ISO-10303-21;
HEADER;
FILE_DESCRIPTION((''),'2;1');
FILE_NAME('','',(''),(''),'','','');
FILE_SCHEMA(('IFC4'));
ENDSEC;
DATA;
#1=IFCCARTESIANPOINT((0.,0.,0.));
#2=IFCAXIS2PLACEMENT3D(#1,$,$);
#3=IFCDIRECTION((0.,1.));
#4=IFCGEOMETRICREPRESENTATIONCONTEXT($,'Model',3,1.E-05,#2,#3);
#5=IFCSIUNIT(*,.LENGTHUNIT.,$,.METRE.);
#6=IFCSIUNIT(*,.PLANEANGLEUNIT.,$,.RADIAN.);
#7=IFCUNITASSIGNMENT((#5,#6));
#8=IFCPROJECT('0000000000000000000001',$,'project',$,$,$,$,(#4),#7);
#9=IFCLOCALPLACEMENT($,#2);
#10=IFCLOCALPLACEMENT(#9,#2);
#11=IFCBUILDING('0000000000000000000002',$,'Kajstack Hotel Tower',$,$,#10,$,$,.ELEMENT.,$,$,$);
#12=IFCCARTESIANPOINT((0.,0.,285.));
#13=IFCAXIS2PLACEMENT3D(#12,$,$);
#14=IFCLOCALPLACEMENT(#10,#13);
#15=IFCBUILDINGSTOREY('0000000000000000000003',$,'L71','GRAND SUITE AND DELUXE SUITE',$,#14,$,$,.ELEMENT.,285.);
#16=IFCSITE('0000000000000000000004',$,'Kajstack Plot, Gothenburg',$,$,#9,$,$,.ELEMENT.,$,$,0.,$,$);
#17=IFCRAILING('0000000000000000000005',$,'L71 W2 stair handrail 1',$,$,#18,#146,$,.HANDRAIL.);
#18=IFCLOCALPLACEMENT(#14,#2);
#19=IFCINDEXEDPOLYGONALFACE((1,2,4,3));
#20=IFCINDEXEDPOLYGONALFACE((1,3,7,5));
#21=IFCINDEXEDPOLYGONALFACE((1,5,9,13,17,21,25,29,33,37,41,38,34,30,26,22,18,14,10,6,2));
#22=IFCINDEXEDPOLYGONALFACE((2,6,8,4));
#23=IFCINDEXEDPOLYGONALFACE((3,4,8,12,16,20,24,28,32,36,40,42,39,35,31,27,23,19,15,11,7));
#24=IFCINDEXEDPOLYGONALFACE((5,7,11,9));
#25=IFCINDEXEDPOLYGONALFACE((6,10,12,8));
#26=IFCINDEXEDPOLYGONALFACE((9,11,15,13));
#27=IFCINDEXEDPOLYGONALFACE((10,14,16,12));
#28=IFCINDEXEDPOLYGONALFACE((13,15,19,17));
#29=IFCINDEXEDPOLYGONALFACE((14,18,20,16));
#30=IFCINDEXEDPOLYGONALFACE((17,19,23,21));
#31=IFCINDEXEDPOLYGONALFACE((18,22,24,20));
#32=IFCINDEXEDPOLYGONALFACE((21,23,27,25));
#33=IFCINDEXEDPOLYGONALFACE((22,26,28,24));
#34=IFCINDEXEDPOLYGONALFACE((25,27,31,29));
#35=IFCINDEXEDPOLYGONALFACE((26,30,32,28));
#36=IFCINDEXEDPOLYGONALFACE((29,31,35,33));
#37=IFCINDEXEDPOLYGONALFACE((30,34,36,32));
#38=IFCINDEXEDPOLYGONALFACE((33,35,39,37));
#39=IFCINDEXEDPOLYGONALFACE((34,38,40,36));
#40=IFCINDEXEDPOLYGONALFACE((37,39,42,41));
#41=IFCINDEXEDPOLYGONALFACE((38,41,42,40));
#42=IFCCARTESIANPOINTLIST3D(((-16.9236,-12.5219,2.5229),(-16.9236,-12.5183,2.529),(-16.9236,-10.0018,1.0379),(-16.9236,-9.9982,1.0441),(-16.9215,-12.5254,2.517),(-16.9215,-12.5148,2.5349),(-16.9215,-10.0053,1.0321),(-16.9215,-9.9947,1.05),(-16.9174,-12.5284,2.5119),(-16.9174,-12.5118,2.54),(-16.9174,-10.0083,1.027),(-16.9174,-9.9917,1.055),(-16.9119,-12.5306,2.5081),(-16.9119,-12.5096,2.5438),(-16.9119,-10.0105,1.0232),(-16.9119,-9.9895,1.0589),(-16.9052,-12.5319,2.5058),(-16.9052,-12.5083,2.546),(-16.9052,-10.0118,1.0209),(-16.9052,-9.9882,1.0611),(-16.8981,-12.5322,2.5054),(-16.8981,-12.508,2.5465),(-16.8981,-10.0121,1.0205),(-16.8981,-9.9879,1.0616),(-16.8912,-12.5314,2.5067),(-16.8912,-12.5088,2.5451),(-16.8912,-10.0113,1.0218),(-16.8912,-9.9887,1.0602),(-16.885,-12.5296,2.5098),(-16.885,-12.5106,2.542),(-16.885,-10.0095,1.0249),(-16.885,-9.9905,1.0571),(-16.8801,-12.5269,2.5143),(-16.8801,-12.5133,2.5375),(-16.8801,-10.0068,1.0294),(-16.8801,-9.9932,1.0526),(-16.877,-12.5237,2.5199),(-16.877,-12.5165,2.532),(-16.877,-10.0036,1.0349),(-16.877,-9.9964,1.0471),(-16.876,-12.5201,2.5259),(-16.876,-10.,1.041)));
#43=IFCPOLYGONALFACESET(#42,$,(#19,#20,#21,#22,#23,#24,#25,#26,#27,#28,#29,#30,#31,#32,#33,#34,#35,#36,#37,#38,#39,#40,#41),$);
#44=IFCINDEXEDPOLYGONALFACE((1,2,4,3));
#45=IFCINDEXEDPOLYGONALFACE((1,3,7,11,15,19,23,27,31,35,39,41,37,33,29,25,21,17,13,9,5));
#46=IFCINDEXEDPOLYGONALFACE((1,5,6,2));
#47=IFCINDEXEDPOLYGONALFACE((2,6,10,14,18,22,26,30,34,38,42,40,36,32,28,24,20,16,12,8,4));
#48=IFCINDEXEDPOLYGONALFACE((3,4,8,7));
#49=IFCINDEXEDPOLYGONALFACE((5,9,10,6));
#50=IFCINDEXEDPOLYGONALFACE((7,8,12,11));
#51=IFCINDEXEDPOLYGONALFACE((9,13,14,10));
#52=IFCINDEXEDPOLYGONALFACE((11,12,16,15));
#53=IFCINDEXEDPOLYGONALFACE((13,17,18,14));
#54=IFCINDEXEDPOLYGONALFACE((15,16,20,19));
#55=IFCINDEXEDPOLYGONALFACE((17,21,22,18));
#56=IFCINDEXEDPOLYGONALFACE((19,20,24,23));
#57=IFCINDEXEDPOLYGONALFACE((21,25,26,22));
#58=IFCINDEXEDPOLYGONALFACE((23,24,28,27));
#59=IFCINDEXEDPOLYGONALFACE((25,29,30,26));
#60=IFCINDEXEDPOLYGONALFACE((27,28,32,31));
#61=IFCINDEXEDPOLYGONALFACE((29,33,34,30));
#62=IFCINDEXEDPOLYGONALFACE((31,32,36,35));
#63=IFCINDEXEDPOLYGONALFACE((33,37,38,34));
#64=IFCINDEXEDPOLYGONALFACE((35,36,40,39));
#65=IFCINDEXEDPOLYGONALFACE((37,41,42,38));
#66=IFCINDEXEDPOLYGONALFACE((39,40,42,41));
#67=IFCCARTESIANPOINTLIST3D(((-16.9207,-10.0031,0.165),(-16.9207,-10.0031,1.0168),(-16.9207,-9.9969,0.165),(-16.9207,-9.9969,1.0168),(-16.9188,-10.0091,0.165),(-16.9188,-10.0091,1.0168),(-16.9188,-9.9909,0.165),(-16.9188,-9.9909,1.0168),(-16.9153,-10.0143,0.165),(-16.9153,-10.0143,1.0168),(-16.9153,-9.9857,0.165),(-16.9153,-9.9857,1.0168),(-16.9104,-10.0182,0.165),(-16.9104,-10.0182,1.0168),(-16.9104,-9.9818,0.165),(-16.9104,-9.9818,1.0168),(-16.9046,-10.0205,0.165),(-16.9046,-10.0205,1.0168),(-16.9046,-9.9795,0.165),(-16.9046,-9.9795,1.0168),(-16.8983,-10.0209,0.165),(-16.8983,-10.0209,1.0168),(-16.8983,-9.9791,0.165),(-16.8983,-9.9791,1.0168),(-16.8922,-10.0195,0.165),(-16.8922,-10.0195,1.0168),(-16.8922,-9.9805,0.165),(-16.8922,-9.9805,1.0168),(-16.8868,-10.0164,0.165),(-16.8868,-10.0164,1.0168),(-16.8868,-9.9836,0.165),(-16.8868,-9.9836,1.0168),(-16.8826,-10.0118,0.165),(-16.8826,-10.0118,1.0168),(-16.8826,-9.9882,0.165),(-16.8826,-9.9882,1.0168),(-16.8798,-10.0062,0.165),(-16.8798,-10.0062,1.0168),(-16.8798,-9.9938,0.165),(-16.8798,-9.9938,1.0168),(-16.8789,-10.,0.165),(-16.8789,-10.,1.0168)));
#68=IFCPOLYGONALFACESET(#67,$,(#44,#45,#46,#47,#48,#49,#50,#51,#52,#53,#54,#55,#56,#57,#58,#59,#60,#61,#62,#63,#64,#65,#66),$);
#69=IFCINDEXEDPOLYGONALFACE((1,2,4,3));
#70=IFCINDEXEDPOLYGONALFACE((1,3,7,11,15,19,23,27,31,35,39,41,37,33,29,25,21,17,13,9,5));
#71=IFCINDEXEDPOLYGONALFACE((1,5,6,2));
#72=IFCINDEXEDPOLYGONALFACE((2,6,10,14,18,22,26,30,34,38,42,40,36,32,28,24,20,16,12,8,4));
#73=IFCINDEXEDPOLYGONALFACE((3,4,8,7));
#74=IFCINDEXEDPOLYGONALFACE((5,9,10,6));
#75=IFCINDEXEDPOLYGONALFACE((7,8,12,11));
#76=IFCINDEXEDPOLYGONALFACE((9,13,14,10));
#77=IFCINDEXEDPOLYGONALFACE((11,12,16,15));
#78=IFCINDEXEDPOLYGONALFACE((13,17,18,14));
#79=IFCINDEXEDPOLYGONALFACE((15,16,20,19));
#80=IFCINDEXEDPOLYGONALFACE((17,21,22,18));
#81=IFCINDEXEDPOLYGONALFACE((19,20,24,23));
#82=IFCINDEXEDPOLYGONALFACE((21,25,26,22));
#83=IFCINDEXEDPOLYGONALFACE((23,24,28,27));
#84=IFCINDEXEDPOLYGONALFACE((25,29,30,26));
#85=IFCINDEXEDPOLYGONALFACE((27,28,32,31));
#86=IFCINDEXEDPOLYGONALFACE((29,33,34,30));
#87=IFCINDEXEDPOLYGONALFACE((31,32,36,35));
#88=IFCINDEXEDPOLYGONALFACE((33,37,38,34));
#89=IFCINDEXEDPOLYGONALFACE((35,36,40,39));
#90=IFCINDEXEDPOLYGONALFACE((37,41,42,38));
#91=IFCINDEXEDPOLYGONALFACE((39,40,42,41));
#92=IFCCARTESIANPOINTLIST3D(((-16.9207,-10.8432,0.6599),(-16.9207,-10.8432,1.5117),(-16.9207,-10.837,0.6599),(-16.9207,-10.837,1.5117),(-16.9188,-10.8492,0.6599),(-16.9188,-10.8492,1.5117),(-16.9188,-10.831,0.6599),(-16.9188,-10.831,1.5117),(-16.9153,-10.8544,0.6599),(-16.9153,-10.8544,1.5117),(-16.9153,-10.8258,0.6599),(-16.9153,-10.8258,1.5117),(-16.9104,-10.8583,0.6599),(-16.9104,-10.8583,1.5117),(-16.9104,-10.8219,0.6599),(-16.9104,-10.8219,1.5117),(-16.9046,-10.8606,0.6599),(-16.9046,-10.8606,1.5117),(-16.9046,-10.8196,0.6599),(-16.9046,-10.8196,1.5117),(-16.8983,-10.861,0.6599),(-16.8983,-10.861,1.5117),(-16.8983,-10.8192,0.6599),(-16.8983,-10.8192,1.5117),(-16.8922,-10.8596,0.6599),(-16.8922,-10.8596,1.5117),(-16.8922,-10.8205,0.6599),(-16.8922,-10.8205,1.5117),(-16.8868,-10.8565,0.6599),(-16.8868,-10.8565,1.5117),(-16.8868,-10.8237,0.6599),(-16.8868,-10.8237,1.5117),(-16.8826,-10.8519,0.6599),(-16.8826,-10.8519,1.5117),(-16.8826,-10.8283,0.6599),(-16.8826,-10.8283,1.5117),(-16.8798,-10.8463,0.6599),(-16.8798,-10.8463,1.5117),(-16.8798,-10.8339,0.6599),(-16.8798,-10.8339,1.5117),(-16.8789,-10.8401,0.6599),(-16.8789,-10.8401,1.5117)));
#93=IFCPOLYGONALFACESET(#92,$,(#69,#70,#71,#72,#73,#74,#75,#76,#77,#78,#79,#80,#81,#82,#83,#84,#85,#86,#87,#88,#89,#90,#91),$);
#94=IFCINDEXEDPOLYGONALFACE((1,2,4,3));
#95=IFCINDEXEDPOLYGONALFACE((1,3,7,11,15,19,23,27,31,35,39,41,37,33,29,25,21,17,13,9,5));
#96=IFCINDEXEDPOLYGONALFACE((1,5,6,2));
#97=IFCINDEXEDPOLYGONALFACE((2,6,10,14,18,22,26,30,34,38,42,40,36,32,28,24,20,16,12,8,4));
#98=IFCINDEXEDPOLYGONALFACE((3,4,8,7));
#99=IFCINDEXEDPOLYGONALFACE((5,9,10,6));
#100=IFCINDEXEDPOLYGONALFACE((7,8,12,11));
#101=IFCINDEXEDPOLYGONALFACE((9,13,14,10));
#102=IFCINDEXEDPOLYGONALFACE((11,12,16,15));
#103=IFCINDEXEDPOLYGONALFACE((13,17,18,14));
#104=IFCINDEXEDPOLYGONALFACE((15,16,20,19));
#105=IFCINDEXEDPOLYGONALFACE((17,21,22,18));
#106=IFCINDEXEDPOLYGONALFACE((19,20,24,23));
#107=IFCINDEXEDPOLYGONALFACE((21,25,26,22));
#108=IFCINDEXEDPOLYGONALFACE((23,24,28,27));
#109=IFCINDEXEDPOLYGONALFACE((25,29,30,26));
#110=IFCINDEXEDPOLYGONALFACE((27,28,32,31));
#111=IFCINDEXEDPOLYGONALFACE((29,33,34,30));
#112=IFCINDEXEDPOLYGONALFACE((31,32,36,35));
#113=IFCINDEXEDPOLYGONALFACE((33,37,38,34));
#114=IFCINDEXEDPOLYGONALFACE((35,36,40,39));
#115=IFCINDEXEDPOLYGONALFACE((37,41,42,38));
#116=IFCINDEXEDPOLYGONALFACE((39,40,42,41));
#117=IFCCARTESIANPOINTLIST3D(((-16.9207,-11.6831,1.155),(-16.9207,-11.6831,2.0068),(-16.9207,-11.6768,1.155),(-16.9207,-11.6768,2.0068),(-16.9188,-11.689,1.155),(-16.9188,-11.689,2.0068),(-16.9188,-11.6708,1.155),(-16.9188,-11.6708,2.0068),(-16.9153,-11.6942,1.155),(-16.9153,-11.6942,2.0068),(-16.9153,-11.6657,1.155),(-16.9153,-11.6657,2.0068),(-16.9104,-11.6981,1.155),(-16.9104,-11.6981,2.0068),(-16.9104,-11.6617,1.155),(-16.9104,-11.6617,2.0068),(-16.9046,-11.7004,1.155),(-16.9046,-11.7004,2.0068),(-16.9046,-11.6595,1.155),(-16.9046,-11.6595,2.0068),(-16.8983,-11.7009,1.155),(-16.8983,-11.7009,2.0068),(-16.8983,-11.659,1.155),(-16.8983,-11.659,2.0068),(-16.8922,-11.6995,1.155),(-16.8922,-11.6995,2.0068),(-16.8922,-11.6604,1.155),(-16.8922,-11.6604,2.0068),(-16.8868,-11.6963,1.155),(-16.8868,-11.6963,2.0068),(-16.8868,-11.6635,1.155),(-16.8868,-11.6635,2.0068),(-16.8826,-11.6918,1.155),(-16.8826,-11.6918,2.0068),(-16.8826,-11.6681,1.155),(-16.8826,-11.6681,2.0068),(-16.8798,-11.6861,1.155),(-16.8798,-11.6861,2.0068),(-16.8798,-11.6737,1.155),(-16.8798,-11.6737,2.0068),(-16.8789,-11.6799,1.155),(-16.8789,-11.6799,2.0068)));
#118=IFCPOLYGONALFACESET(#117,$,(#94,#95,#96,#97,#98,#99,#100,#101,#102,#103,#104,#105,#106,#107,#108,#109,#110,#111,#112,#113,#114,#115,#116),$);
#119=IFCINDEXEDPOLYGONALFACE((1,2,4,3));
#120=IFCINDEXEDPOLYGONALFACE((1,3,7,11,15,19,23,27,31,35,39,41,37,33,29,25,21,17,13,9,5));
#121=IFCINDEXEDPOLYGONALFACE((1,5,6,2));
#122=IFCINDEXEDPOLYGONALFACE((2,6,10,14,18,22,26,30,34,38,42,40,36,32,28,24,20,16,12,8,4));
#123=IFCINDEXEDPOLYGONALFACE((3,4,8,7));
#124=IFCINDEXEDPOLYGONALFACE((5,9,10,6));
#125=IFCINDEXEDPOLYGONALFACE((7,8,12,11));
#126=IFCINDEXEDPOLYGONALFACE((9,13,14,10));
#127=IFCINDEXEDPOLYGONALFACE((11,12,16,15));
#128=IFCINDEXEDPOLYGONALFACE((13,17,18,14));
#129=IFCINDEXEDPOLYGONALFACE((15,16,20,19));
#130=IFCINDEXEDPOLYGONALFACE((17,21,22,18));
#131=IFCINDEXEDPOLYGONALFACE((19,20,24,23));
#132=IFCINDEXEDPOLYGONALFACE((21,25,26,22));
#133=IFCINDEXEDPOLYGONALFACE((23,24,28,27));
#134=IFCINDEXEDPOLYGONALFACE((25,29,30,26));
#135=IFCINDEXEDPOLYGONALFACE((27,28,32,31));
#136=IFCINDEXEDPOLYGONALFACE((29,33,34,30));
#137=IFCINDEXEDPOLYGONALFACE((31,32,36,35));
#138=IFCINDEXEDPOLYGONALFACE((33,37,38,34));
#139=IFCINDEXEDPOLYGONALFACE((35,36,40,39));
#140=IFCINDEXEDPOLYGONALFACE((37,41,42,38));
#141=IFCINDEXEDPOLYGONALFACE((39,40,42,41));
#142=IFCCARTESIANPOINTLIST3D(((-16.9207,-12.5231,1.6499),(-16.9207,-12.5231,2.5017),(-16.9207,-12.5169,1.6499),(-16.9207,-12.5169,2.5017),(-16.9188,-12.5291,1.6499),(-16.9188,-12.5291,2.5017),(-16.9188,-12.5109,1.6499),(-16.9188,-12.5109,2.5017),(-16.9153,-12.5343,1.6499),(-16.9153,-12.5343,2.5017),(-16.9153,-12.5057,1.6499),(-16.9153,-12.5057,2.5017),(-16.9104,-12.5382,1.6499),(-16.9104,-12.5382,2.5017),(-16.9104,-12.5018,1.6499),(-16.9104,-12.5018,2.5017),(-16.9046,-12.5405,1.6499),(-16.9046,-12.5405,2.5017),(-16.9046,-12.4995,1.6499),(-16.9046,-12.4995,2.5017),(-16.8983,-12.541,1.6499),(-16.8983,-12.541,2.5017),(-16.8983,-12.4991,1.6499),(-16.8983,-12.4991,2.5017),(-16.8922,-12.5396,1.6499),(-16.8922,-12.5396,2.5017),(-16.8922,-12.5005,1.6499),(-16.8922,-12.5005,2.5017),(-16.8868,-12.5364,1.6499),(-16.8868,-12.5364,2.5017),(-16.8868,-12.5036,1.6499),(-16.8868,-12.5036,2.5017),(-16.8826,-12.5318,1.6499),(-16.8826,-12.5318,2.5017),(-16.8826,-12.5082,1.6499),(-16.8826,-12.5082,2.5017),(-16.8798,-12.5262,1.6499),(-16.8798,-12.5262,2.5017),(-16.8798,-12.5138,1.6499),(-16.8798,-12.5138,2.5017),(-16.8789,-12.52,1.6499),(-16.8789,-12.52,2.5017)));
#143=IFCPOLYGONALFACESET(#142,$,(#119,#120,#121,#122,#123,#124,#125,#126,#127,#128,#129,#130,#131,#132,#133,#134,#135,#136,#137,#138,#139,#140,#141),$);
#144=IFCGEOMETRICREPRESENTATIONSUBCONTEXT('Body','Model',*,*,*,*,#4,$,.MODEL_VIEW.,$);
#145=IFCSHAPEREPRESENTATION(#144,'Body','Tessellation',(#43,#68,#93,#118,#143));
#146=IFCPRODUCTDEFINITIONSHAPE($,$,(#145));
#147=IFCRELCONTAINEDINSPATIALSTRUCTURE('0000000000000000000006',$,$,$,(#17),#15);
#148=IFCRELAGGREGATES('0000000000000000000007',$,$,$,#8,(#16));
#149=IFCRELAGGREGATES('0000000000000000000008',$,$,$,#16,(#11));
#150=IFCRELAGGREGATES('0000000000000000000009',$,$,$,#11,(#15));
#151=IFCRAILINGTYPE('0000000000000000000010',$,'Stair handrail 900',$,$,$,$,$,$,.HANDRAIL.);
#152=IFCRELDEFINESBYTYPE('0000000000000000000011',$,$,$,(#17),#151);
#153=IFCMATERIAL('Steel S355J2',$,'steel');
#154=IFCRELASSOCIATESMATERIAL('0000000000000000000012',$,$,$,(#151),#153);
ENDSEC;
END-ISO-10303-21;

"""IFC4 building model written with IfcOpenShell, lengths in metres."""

from ifc_helpers import new_model, si_unit, direction, frame, origin, origin_2d, place, context, subcontext, project, spatial, circle, extrude, material, type_object, element, save


model = new_model("IFC4")

# Units and contexts
model_context = context("Model", 3, precision=1e-05, world=origin(), true_north=direction((0.0, 1.0)))
body_context = subcontext(model_context, "Body", "Model", "MODEL_VIEW")
ifc_project = project(units=[si_unit("LENGTHUNIT", "METRE"), si_unit("PLANEANGLEUNIT", "RADIAN")], contexts=[model_context])

# Site, building, storey
site_placement = place(None, origin())
site = spatial("IfcSite", under=ifc_project, at=site_placement, Name="Kajstack Plot, Gothenburg", CompositionType="ELEMENT", RefElevation=0.0)
building_placement = place(site_placement, origin())
building = spatial("IfcBuilding", under=site, at=building_placement, Name="Kajstack Hotel Tower", CompositionType="ELEMENT")
storey_placement = place(building_placement, frame((0.0, 0.0, 285.0)))
storey = spatial("IfcBuildingStorey", under=building, at=storey_placement, Name="L71", Description="GRAND SUITE AND DELUXE SUITE", CompositionType="ELEMENT", Elevation=285.0)

# Railing
ifc_material_1 = material(Name="Steel S355J2", Category="steel")
railing_type_1 = type_object("IfcRailingType", Name="Stair handrail 900", PredefinedType="HANDRAIL", material=ifc_material_1)
railing_1_placement = place(storey_placement, frame((-16.8999, -10.0, 0.165)))
element("IfcRailing", 1, at=railing_1_placement, inside=storey, type_object=railing_type_1, Name="L71 W2 stair handrail 1", PredefinedType="HANDRAIL", context=body_context, shape_type="SweptSolid", body=[
    extrude(circle(Radius=0.0239, at=origin_2d()), frame((0.0, 0.0, 0.876), z_axis=(0.0, -0.861561, 0.507655), x_axis=(1.0, 0.0, 0.0)), (0.0, 0.0, 1.0), 2.925),
    extrude(circle(Radius=0.021, at=origin_2d()), origin(), (0.0, 0.0, 1.0), 0.8518),
    extrude(circle(Radius=0.021, at=origin_2d()), frame((0.0, -0.8401, 0.4949)), (0.0, 0.0, 1.0), 0.8518),
    extrude(circle(Radius=0.021, at=origin_2d()), frame((0.0, -1.6799, 0.99)), (0.0, 0.0, 1.0), 0.8518),
    extrude(circle(Radius=0.021, at=origin_2d()), frame((0.0, -2.52, 1.4849)), (0.0, 0.0, 1.0), 0.8518),
])

save(model, "model.ifc")
